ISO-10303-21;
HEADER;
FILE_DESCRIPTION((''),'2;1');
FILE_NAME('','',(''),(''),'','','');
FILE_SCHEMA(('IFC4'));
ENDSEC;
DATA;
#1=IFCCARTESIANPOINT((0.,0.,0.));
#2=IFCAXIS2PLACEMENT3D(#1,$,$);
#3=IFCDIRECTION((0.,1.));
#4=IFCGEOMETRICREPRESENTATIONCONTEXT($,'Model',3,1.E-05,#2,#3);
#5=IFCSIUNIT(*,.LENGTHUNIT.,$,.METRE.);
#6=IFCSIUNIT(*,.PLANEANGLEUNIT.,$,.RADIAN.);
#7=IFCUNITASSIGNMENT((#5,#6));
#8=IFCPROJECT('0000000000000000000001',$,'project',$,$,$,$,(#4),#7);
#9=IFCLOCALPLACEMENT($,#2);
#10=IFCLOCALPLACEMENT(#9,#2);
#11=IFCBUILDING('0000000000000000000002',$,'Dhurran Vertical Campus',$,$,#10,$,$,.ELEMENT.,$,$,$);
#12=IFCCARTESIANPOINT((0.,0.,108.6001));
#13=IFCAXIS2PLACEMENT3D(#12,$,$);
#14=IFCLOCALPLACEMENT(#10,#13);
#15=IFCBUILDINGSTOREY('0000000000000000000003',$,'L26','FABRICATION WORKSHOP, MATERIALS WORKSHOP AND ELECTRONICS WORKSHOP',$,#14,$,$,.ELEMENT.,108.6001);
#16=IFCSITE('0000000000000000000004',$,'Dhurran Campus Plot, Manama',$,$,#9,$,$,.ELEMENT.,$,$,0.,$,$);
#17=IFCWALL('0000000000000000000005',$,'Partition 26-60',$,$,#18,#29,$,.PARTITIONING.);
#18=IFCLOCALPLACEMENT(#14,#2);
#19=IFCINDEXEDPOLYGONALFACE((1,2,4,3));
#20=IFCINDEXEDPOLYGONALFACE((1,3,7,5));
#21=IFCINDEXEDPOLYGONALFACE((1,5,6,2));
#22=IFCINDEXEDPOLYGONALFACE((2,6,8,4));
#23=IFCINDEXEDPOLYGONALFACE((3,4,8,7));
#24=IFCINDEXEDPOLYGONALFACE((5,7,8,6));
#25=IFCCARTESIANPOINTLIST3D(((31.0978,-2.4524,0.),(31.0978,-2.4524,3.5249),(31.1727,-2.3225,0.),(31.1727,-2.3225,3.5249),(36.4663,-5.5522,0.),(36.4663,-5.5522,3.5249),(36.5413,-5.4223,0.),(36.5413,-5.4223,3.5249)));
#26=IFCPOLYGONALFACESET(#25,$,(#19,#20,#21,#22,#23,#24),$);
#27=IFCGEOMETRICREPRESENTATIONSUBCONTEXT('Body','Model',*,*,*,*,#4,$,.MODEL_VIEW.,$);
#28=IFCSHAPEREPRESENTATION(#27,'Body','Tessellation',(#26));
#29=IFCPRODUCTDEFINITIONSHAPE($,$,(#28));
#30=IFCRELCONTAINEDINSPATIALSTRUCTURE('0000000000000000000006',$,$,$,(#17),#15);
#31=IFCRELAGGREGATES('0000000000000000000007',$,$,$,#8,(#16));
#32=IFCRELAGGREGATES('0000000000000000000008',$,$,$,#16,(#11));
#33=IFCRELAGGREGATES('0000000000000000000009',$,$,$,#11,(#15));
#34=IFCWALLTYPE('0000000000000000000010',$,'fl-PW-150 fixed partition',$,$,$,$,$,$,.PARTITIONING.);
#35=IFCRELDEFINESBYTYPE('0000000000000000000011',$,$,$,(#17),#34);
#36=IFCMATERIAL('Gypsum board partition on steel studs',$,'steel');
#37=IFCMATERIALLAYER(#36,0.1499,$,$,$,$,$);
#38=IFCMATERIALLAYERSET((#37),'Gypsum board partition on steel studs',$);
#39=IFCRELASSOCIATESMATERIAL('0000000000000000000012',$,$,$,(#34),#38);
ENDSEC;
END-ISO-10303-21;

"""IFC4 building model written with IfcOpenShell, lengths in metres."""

from ifc_helpers import new_model, si_unit, direction, frame, frame_2d, origin, place, context, subcontext, project, spatial, rectangle, extrude, material, layer, layer_set, type_object, element, save


model = new_model("IFC4")

# Units and contexts
model_context = context("Model", 3, precision=1e-05, world=origin(), true_north=direction((0.0, 1.0)))
body_context = subcontext(model_context, "Body", "Model", "MODEL_VIEW")
ifc_project = project(units=[si_unit("LENGTHUNIT", "METRE"), si_unit("PLANEANGLEUNIT", "RADIAN")], contexts=[model_context])

# Site, building, storey
site_placement = place(None, origin())
site = spatial("IfcSite", under=ifc_project, at=site_placement, Name="Dhurran Campus Plot, Manama", CompositionType="ELEMENT", RefElevation=0.0)
building_placement = place(site_placement, origin())
building = spatial("IfcBuilding", under=site, at=building_placement, Name="Dhurran Vertical Campus", CompositionType="ELEMENT")
storey_placement = place(building_placement, frame((0.0, 0.0, 108.6001)))
storey = spatial("IfcBuildingStorey", under=building, at=storey_placement, Name="L26", Description="FABRICATION WORKSHOP, MATERIALS WORKSHOP AND ELECTRONICS WORKSHOP", CompositionType="ELEMENT", Elevation=108.6001)

# Wall
ifc_material_1 = material(Name="Gypsum board partition on steel studs", Category="steel")
ifc_layer_1 = layer(ifc_material_1, 0.1499)
ifc_layer_set_1 = layer_set([ifc_layer_1], Name="Gypsum board partition on steel studs")
wall_type_1 = type_object("IfcWallType", Name="fl-PW-150 fixed partition", PredefinedType="PARTITIONING", material=ifc_layer_set_1)
wall_1_placement = place(storey_placement, frame((31.1353, -2.3875, 0.0), z_axis=(0.0, 0.0, 1.0), x_axis=(0.866007, -0.500032, 0.0)))
element("IfcWall", 1, at=wall_1_placement, inside=storey, type_object=wall_type_1, Name="Partition 26-60", PredefinedType="PARTITIONING", context=body_context, shape_type="SweptSolid", body=[
    extrude(rectangle(XDim=6.1992, YDim=0.1499, at=frame_2d((3.0996, 0.0))), origin(), (0.0, 0.0, 1.0), 3.5249),
])

save(model, "model.ifc")
